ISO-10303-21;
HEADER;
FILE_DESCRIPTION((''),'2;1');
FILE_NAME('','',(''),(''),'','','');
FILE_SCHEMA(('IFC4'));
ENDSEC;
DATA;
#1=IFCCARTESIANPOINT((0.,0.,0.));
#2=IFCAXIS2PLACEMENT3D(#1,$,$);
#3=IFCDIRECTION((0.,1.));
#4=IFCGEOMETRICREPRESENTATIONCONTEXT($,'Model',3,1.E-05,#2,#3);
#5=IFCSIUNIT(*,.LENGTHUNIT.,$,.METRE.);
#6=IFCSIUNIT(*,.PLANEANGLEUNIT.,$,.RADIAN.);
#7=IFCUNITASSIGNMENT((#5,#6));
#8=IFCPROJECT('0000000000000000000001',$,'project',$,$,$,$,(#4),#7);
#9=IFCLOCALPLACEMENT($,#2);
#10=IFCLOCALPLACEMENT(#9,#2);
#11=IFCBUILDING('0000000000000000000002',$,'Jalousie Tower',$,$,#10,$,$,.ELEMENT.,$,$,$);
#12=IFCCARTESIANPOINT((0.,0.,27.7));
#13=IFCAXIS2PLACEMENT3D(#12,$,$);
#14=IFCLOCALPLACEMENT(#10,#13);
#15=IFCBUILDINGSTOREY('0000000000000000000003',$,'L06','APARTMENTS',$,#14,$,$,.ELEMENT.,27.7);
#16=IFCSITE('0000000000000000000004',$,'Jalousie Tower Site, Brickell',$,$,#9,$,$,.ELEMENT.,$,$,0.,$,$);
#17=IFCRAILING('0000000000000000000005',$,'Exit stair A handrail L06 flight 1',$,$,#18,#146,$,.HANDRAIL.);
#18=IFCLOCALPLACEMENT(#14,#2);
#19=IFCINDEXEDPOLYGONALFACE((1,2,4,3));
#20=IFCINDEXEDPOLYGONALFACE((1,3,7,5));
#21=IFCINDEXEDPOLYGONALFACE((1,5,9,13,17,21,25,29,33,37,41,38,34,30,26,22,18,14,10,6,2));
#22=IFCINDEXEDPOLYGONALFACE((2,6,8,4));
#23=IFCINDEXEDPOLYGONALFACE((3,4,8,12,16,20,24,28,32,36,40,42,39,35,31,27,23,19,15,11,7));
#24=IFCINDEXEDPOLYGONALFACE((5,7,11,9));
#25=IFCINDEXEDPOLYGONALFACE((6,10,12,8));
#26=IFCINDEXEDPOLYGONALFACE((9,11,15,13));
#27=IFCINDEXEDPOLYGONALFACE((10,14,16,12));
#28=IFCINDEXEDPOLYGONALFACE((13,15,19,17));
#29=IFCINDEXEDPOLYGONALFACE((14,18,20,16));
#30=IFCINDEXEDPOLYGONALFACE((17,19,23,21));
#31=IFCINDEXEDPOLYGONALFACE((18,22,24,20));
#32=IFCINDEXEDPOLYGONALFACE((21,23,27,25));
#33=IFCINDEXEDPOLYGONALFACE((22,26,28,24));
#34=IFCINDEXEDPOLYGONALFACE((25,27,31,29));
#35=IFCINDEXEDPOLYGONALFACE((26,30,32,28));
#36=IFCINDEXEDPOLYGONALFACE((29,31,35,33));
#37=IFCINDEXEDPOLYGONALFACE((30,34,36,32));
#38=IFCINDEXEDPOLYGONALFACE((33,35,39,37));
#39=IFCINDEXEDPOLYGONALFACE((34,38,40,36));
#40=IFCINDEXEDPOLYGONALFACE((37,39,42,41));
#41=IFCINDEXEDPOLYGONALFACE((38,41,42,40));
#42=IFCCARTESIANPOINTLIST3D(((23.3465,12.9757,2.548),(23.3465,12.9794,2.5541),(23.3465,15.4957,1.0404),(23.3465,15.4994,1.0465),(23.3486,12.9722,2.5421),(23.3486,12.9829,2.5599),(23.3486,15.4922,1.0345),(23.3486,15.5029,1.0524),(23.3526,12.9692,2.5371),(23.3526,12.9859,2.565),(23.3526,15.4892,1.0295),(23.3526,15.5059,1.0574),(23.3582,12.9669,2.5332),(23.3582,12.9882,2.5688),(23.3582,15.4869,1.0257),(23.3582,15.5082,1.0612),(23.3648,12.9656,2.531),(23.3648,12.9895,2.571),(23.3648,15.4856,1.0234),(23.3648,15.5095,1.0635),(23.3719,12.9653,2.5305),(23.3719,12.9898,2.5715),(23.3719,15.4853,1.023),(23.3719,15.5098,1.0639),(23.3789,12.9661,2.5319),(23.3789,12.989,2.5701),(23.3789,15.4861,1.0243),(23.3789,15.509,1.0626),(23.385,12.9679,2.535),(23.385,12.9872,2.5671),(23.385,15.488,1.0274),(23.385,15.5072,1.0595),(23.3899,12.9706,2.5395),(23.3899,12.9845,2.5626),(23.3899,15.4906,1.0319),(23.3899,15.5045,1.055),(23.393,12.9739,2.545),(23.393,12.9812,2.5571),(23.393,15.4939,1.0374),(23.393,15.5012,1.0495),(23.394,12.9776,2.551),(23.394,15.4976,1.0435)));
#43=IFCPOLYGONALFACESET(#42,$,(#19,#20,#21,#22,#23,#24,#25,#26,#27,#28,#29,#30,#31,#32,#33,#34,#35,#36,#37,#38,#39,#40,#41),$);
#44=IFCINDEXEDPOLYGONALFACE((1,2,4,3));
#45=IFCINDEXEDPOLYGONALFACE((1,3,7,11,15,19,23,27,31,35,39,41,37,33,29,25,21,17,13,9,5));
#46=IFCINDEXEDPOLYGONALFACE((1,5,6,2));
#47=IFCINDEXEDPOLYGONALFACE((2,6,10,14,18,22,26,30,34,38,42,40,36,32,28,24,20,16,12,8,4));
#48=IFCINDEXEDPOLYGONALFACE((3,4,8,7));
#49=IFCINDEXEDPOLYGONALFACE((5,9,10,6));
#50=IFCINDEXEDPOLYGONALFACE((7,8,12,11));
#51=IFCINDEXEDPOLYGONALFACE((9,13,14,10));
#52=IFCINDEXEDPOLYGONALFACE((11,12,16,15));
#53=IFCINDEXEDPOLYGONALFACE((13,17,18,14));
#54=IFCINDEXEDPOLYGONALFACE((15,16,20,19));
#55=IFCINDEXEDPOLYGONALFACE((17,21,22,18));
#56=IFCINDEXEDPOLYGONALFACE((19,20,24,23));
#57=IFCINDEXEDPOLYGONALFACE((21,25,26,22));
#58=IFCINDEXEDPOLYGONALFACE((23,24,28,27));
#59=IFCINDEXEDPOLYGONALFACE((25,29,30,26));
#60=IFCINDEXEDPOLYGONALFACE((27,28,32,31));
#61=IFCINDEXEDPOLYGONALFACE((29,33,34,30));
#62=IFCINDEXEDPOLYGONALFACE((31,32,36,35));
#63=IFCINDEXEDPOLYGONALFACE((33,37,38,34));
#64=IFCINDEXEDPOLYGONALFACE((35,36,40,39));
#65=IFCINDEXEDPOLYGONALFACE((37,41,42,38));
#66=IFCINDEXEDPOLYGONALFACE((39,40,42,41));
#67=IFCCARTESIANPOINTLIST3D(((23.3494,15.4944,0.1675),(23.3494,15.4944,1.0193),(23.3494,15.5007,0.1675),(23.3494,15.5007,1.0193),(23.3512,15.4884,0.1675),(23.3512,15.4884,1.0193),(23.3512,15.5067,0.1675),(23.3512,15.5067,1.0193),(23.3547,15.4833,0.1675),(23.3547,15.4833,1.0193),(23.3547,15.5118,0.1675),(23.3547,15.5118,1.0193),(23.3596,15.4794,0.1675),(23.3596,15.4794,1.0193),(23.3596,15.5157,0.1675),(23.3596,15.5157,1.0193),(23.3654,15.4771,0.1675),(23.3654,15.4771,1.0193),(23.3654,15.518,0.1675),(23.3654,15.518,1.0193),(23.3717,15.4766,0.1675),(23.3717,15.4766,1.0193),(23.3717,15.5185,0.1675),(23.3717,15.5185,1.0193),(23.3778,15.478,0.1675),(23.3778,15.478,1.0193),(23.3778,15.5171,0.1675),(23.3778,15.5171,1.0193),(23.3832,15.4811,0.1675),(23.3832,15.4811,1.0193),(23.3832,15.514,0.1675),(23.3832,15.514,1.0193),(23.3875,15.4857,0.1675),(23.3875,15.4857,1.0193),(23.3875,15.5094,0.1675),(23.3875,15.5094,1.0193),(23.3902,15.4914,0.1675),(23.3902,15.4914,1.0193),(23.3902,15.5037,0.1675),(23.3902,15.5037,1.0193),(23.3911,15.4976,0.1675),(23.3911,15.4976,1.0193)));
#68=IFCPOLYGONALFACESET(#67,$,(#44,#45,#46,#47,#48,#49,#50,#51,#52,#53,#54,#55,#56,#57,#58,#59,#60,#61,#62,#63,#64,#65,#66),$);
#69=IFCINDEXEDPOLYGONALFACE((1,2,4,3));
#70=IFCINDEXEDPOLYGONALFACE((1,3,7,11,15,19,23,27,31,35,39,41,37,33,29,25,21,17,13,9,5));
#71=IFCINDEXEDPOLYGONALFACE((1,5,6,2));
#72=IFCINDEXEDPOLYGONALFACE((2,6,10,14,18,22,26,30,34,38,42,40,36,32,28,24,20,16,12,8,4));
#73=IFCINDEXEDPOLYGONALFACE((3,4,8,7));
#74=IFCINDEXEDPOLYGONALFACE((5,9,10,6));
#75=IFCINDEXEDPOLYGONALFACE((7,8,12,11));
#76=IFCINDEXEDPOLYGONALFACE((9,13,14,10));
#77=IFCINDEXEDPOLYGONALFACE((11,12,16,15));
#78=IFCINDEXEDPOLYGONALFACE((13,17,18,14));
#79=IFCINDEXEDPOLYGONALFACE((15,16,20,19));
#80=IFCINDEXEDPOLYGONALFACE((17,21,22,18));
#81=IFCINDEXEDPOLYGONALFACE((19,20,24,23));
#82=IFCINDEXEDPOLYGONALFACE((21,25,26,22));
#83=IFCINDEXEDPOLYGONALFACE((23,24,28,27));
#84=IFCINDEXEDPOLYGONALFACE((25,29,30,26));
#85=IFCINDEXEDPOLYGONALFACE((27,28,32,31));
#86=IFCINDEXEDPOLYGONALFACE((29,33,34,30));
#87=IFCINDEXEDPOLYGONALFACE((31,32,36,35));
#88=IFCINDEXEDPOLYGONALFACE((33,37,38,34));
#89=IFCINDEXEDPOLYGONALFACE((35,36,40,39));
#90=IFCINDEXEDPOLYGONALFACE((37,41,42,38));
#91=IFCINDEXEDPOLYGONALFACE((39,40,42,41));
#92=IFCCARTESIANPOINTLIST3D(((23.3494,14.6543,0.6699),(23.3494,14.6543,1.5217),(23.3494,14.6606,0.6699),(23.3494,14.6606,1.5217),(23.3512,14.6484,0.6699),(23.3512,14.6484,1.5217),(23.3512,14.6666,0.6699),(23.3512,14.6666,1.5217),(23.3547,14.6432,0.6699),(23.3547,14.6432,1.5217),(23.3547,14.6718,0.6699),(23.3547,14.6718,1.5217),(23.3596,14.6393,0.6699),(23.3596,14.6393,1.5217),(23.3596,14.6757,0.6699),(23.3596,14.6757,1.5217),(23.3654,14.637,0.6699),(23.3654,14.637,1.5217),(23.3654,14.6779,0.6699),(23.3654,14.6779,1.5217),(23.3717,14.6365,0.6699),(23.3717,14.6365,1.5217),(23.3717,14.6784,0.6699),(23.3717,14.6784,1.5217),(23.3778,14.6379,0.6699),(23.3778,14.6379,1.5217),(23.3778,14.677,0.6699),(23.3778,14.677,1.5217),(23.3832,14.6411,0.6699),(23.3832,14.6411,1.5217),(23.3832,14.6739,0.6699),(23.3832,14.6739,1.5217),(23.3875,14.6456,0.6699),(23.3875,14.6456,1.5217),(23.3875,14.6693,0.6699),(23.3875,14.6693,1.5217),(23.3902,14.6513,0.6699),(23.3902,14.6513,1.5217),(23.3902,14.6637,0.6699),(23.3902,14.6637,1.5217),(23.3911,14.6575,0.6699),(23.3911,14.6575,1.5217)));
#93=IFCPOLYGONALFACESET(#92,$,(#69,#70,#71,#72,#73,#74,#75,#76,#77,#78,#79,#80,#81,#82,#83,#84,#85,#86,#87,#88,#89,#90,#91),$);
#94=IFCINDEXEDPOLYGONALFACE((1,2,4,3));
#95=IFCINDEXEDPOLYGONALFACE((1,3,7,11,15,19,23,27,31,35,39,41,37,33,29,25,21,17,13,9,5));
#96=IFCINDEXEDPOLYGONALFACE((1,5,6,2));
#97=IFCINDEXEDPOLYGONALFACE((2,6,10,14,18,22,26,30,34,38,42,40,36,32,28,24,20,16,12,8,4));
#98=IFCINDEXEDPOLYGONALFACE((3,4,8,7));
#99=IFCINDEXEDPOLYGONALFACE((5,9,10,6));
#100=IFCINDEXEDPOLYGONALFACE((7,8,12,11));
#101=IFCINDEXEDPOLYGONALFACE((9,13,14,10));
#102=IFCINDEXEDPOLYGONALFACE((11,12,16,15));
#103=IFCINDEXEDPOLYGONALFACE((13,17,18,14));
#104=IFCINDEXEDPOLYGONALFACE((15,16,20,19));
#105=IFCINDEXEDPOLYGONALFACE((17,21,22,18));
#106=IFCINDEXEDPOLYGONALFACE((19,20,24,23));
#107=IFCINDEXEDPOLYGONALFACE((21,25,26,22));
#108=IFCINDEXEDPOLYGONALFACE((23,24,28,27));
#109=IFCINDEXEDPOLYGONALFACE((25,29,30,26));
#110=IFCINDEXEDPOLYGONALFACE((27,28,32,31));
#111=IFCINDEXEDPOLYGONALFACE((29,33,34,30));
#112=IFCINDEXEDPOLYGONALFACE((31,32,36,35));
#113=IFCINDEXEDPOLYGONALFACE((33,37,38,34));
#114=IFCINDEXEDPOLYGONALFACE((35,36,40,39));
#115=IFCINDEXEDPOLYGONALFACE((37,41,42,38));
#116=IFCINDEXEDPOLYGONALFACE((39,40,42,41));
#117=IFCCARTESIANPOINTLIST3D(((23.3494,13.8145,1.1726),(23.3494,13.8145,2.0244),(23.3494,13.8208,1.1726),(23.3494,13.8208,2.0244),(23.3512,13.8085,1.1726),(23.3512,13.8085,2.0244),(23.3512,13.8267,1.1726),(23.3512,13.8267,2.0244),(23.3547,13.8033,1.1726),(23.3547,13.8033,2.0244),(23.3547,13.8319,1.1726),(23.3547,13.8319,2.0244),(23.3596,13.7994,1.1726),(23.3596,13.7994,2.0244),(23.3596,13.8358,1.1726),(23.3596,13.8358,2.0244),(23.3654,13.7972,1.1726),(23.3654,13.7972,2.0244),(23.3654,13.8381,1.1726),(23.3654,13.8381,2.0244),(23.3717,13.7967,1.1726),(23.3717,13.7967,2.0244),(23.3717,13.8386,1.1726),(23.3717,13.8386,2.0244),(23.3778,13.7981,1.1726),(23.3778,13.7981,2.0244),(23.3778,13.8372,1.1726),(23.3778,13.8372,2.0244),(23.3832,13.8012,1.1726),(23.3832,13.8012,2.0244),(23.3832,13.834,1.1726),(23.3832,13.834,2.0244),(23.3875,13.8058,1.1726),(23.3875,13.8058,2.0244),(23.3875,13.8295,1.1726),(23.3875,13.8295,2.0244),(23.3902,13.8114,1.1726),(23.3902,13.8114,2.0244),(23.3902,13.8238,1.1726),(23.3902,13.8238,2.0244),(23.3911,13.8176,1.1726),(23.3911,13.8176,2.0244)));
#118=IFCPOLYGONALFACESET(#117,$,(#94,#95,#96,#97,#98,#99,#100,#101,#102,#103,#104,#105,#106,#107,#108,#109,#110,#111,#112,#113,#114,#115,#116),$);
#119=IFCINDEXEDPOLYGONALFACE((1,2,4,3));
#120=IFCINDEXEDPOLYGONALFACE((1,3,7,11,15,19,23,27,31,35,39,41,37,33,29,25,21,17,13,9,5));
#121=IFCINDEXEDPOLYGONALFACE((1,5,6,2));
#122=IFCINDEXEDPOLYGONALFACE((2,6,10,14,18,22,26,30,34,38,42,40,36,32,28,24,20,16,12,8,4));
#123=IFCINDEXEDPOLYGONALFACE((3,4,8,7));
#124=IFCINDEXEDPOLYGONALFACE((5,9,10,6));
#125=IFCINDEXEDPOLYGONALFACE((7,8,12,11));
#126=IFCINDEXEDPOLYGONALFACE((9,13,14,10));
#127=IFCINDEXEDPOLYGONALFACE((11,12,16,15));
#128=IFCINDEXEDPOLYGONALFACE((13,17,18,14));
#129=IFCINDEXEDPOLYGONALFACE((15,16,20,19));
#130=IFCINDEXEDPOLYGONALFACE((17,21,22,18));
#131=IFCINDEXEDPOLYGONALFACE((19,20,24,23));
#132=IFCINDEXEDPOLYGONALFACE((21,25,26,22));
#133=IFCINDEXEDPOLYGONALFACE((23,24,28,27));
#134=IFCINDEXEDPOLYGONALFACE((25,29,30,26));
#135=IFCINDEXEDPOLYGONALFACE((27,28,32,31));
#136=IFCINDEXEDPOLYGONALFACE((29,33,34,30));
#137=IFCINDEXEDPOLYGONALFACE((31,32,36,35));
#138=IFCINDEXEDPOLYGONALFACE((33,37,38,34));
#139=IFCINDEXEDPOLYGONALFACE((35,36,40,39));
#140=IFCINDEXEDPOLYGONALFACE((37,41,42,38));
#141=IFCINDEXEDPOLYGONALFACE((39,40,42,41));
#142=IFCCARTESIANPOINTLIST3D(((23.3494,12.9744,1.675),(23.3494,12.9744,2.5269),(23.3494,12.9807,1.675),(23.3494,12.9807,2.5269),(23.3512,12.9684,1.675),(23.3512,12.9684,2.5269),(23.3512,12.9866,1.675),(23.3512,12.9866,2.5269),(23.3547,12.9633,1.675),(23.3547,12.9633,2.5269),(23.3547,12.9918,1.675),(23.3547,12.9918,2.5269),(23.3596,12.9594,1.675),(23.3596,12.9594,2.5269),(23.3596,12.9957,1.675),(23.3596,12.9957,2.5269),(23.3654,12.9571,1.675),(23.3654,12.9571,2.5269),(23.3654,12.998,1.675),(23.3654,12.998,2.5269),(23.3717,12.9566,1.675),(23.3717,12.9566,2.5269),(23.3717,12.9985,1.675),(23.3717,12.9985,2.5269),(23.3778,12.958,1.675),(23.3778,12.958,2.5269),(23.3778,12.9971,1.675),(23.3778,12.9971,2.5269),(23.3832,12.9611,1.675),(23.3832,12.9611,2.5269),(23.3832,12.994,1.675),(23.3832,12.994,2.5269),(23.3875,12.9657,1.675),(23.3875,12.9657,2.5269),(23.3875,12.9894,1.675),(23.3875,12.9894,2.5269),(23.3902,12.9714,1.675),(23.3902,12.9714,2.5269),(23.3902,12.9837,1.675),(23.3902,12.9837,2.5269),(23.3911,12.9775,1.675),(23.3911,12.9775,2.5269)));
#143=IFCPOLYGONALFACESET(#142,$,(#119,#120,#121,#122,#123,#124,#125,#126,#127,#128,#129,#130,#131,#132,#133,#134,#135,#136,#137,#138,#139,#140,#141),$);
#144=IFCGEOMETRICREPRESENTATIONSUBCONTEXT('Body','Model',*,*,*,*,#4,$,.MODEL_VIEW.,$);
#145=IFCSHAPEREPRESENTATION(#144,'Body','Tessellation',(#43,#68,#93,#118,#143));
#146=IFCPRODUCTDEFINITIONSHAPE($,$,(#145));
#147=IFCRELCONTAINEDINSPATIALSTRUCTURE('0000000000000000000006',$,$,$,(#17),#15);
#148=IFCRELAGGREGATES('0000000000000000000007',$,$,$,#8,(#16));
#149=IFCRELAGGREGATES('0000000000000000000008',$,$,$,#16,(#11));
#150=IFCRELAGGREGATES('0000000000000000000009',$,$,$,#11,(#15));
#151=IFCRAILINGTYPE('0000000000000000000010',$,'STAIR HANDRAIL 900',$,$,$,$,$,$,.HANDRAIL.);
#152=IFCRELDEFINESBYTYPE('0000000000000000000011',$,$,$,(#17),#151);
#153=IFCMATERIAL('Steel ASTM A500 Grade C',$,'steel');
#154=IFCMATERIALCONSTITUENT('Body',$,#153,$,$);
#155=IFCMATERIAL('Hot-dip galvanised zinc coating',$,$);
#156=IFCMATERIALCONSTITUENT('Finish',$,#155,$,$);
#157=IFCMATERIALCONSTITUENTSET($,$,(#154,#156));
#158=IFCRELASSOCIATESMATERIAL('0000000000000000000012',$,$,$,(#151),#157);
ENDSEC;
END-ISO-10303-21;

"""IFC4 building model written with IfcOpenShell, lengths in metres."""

from ifc_helpers import new_model, si_unit, direction, frame, origin, origin_2d, place, context, subcontext, project, spatial, circle, extrude, material, constituent, constituent_set, type_object, element, save


model = new_model("IFC4")

# Units and contexts
model_context = context("Model", 3, precision=1e-05, world=origin(), true_north=direction((0.0, 1.0)))
body_context = subcontext(model_context, "Body", "Model", "MODEL_VIEW")
ifc_project = project(units=[si_unit("LENGTHUNIT", "METRE"), si_unit("PLANEANGLEUNIT", "RADIAN")], contexts=[model_context])

# Site, building, storey
site_placement = place(None, origin())
site = spatial("IfcSite", under=ifc_project, at=site_placement, Name="Jalousie Tower Site, Brickell", CompositionType="ELEMENT", RefElevation=0.0)
building_placement = place(site_placement, origin())
building = spatial("IfcBuilding", under=site, at=building_placement, Name="Jalousie Tower", CompositionType="ELEMENT")
storey_placement = place(building_placement, frame((0.0, 0.0, 27.7)))
storey = spatial("IfcBuildingStorey", under=building, at=storey_placement, Name="L06", Description="APARTMENTS", CompositionType="ELEMENT", Elevation=27.7)

# Railing
ifc_material_1 = material(Name="Steel ASTM A500 Grade C", Category="steel")
ifc_constituent_1 = constituent(ifc_material_1, Name="Body")
ifc_material_2 = material(Name="Hot-dip galvanised zinc coating")
ifc_constituent_2 = constituent(ifc_material_2, Name="Finish")
ifc_constituent_set_1 = constituent_set(constituents=[ifc_constituent_1, ifc_constituent_2])
railing_type_1 = type_object("IfcRailingType", Name="STAIR HANDRAIL 900", PredefinedType="HANDRAIL", material=ifc_constituent_set_1)
railing_1_placement = place(storey_placement, frame((23.3701, 15.4976, 0.1675)))
element("IfcRailing", 1, at=railing_1_placement, inside=storey, type_object=railing_type_1, Name="Exit stair A handrail L06 flight 1", PredefinedType="HANDRAIL", context=body_context, shape_type="SweptSolid", body=[
    extrude(circle(Radius=0.0239, at=origin_2d()), frame((0.0, 0.0, 0.876), z_axis=(0.0, -0.85816, 0.513383), x_axis=(1.0, 0.0, 0.0)), (0.0, 0.0, 1.0), 2.9365),
    extrude(circle(Radius=0.021, at=origin_2d()), origin(), (0.0, 0.0, 1.0), 0.8518),
    extrude(circle(Radius=0.021, at=origin_2d()), frame((0.0, -0.8401, 0.5024)), (0.0, 0.0, 1.0), 0.8518),
    extrude(circle(Radius=0.021, at=origin_2d()), frame((0.0, -1.6799, 1.0051)), (0.0, 0.0, 1.0), 0.8518),
    extrude(circle(Radius=0.021, at=origin_2d()), frame((0.0, -2.52, 1.5076)), (0.0, 0.0, 1.0), 0.8518),
])

save(model, "model.ifc")
